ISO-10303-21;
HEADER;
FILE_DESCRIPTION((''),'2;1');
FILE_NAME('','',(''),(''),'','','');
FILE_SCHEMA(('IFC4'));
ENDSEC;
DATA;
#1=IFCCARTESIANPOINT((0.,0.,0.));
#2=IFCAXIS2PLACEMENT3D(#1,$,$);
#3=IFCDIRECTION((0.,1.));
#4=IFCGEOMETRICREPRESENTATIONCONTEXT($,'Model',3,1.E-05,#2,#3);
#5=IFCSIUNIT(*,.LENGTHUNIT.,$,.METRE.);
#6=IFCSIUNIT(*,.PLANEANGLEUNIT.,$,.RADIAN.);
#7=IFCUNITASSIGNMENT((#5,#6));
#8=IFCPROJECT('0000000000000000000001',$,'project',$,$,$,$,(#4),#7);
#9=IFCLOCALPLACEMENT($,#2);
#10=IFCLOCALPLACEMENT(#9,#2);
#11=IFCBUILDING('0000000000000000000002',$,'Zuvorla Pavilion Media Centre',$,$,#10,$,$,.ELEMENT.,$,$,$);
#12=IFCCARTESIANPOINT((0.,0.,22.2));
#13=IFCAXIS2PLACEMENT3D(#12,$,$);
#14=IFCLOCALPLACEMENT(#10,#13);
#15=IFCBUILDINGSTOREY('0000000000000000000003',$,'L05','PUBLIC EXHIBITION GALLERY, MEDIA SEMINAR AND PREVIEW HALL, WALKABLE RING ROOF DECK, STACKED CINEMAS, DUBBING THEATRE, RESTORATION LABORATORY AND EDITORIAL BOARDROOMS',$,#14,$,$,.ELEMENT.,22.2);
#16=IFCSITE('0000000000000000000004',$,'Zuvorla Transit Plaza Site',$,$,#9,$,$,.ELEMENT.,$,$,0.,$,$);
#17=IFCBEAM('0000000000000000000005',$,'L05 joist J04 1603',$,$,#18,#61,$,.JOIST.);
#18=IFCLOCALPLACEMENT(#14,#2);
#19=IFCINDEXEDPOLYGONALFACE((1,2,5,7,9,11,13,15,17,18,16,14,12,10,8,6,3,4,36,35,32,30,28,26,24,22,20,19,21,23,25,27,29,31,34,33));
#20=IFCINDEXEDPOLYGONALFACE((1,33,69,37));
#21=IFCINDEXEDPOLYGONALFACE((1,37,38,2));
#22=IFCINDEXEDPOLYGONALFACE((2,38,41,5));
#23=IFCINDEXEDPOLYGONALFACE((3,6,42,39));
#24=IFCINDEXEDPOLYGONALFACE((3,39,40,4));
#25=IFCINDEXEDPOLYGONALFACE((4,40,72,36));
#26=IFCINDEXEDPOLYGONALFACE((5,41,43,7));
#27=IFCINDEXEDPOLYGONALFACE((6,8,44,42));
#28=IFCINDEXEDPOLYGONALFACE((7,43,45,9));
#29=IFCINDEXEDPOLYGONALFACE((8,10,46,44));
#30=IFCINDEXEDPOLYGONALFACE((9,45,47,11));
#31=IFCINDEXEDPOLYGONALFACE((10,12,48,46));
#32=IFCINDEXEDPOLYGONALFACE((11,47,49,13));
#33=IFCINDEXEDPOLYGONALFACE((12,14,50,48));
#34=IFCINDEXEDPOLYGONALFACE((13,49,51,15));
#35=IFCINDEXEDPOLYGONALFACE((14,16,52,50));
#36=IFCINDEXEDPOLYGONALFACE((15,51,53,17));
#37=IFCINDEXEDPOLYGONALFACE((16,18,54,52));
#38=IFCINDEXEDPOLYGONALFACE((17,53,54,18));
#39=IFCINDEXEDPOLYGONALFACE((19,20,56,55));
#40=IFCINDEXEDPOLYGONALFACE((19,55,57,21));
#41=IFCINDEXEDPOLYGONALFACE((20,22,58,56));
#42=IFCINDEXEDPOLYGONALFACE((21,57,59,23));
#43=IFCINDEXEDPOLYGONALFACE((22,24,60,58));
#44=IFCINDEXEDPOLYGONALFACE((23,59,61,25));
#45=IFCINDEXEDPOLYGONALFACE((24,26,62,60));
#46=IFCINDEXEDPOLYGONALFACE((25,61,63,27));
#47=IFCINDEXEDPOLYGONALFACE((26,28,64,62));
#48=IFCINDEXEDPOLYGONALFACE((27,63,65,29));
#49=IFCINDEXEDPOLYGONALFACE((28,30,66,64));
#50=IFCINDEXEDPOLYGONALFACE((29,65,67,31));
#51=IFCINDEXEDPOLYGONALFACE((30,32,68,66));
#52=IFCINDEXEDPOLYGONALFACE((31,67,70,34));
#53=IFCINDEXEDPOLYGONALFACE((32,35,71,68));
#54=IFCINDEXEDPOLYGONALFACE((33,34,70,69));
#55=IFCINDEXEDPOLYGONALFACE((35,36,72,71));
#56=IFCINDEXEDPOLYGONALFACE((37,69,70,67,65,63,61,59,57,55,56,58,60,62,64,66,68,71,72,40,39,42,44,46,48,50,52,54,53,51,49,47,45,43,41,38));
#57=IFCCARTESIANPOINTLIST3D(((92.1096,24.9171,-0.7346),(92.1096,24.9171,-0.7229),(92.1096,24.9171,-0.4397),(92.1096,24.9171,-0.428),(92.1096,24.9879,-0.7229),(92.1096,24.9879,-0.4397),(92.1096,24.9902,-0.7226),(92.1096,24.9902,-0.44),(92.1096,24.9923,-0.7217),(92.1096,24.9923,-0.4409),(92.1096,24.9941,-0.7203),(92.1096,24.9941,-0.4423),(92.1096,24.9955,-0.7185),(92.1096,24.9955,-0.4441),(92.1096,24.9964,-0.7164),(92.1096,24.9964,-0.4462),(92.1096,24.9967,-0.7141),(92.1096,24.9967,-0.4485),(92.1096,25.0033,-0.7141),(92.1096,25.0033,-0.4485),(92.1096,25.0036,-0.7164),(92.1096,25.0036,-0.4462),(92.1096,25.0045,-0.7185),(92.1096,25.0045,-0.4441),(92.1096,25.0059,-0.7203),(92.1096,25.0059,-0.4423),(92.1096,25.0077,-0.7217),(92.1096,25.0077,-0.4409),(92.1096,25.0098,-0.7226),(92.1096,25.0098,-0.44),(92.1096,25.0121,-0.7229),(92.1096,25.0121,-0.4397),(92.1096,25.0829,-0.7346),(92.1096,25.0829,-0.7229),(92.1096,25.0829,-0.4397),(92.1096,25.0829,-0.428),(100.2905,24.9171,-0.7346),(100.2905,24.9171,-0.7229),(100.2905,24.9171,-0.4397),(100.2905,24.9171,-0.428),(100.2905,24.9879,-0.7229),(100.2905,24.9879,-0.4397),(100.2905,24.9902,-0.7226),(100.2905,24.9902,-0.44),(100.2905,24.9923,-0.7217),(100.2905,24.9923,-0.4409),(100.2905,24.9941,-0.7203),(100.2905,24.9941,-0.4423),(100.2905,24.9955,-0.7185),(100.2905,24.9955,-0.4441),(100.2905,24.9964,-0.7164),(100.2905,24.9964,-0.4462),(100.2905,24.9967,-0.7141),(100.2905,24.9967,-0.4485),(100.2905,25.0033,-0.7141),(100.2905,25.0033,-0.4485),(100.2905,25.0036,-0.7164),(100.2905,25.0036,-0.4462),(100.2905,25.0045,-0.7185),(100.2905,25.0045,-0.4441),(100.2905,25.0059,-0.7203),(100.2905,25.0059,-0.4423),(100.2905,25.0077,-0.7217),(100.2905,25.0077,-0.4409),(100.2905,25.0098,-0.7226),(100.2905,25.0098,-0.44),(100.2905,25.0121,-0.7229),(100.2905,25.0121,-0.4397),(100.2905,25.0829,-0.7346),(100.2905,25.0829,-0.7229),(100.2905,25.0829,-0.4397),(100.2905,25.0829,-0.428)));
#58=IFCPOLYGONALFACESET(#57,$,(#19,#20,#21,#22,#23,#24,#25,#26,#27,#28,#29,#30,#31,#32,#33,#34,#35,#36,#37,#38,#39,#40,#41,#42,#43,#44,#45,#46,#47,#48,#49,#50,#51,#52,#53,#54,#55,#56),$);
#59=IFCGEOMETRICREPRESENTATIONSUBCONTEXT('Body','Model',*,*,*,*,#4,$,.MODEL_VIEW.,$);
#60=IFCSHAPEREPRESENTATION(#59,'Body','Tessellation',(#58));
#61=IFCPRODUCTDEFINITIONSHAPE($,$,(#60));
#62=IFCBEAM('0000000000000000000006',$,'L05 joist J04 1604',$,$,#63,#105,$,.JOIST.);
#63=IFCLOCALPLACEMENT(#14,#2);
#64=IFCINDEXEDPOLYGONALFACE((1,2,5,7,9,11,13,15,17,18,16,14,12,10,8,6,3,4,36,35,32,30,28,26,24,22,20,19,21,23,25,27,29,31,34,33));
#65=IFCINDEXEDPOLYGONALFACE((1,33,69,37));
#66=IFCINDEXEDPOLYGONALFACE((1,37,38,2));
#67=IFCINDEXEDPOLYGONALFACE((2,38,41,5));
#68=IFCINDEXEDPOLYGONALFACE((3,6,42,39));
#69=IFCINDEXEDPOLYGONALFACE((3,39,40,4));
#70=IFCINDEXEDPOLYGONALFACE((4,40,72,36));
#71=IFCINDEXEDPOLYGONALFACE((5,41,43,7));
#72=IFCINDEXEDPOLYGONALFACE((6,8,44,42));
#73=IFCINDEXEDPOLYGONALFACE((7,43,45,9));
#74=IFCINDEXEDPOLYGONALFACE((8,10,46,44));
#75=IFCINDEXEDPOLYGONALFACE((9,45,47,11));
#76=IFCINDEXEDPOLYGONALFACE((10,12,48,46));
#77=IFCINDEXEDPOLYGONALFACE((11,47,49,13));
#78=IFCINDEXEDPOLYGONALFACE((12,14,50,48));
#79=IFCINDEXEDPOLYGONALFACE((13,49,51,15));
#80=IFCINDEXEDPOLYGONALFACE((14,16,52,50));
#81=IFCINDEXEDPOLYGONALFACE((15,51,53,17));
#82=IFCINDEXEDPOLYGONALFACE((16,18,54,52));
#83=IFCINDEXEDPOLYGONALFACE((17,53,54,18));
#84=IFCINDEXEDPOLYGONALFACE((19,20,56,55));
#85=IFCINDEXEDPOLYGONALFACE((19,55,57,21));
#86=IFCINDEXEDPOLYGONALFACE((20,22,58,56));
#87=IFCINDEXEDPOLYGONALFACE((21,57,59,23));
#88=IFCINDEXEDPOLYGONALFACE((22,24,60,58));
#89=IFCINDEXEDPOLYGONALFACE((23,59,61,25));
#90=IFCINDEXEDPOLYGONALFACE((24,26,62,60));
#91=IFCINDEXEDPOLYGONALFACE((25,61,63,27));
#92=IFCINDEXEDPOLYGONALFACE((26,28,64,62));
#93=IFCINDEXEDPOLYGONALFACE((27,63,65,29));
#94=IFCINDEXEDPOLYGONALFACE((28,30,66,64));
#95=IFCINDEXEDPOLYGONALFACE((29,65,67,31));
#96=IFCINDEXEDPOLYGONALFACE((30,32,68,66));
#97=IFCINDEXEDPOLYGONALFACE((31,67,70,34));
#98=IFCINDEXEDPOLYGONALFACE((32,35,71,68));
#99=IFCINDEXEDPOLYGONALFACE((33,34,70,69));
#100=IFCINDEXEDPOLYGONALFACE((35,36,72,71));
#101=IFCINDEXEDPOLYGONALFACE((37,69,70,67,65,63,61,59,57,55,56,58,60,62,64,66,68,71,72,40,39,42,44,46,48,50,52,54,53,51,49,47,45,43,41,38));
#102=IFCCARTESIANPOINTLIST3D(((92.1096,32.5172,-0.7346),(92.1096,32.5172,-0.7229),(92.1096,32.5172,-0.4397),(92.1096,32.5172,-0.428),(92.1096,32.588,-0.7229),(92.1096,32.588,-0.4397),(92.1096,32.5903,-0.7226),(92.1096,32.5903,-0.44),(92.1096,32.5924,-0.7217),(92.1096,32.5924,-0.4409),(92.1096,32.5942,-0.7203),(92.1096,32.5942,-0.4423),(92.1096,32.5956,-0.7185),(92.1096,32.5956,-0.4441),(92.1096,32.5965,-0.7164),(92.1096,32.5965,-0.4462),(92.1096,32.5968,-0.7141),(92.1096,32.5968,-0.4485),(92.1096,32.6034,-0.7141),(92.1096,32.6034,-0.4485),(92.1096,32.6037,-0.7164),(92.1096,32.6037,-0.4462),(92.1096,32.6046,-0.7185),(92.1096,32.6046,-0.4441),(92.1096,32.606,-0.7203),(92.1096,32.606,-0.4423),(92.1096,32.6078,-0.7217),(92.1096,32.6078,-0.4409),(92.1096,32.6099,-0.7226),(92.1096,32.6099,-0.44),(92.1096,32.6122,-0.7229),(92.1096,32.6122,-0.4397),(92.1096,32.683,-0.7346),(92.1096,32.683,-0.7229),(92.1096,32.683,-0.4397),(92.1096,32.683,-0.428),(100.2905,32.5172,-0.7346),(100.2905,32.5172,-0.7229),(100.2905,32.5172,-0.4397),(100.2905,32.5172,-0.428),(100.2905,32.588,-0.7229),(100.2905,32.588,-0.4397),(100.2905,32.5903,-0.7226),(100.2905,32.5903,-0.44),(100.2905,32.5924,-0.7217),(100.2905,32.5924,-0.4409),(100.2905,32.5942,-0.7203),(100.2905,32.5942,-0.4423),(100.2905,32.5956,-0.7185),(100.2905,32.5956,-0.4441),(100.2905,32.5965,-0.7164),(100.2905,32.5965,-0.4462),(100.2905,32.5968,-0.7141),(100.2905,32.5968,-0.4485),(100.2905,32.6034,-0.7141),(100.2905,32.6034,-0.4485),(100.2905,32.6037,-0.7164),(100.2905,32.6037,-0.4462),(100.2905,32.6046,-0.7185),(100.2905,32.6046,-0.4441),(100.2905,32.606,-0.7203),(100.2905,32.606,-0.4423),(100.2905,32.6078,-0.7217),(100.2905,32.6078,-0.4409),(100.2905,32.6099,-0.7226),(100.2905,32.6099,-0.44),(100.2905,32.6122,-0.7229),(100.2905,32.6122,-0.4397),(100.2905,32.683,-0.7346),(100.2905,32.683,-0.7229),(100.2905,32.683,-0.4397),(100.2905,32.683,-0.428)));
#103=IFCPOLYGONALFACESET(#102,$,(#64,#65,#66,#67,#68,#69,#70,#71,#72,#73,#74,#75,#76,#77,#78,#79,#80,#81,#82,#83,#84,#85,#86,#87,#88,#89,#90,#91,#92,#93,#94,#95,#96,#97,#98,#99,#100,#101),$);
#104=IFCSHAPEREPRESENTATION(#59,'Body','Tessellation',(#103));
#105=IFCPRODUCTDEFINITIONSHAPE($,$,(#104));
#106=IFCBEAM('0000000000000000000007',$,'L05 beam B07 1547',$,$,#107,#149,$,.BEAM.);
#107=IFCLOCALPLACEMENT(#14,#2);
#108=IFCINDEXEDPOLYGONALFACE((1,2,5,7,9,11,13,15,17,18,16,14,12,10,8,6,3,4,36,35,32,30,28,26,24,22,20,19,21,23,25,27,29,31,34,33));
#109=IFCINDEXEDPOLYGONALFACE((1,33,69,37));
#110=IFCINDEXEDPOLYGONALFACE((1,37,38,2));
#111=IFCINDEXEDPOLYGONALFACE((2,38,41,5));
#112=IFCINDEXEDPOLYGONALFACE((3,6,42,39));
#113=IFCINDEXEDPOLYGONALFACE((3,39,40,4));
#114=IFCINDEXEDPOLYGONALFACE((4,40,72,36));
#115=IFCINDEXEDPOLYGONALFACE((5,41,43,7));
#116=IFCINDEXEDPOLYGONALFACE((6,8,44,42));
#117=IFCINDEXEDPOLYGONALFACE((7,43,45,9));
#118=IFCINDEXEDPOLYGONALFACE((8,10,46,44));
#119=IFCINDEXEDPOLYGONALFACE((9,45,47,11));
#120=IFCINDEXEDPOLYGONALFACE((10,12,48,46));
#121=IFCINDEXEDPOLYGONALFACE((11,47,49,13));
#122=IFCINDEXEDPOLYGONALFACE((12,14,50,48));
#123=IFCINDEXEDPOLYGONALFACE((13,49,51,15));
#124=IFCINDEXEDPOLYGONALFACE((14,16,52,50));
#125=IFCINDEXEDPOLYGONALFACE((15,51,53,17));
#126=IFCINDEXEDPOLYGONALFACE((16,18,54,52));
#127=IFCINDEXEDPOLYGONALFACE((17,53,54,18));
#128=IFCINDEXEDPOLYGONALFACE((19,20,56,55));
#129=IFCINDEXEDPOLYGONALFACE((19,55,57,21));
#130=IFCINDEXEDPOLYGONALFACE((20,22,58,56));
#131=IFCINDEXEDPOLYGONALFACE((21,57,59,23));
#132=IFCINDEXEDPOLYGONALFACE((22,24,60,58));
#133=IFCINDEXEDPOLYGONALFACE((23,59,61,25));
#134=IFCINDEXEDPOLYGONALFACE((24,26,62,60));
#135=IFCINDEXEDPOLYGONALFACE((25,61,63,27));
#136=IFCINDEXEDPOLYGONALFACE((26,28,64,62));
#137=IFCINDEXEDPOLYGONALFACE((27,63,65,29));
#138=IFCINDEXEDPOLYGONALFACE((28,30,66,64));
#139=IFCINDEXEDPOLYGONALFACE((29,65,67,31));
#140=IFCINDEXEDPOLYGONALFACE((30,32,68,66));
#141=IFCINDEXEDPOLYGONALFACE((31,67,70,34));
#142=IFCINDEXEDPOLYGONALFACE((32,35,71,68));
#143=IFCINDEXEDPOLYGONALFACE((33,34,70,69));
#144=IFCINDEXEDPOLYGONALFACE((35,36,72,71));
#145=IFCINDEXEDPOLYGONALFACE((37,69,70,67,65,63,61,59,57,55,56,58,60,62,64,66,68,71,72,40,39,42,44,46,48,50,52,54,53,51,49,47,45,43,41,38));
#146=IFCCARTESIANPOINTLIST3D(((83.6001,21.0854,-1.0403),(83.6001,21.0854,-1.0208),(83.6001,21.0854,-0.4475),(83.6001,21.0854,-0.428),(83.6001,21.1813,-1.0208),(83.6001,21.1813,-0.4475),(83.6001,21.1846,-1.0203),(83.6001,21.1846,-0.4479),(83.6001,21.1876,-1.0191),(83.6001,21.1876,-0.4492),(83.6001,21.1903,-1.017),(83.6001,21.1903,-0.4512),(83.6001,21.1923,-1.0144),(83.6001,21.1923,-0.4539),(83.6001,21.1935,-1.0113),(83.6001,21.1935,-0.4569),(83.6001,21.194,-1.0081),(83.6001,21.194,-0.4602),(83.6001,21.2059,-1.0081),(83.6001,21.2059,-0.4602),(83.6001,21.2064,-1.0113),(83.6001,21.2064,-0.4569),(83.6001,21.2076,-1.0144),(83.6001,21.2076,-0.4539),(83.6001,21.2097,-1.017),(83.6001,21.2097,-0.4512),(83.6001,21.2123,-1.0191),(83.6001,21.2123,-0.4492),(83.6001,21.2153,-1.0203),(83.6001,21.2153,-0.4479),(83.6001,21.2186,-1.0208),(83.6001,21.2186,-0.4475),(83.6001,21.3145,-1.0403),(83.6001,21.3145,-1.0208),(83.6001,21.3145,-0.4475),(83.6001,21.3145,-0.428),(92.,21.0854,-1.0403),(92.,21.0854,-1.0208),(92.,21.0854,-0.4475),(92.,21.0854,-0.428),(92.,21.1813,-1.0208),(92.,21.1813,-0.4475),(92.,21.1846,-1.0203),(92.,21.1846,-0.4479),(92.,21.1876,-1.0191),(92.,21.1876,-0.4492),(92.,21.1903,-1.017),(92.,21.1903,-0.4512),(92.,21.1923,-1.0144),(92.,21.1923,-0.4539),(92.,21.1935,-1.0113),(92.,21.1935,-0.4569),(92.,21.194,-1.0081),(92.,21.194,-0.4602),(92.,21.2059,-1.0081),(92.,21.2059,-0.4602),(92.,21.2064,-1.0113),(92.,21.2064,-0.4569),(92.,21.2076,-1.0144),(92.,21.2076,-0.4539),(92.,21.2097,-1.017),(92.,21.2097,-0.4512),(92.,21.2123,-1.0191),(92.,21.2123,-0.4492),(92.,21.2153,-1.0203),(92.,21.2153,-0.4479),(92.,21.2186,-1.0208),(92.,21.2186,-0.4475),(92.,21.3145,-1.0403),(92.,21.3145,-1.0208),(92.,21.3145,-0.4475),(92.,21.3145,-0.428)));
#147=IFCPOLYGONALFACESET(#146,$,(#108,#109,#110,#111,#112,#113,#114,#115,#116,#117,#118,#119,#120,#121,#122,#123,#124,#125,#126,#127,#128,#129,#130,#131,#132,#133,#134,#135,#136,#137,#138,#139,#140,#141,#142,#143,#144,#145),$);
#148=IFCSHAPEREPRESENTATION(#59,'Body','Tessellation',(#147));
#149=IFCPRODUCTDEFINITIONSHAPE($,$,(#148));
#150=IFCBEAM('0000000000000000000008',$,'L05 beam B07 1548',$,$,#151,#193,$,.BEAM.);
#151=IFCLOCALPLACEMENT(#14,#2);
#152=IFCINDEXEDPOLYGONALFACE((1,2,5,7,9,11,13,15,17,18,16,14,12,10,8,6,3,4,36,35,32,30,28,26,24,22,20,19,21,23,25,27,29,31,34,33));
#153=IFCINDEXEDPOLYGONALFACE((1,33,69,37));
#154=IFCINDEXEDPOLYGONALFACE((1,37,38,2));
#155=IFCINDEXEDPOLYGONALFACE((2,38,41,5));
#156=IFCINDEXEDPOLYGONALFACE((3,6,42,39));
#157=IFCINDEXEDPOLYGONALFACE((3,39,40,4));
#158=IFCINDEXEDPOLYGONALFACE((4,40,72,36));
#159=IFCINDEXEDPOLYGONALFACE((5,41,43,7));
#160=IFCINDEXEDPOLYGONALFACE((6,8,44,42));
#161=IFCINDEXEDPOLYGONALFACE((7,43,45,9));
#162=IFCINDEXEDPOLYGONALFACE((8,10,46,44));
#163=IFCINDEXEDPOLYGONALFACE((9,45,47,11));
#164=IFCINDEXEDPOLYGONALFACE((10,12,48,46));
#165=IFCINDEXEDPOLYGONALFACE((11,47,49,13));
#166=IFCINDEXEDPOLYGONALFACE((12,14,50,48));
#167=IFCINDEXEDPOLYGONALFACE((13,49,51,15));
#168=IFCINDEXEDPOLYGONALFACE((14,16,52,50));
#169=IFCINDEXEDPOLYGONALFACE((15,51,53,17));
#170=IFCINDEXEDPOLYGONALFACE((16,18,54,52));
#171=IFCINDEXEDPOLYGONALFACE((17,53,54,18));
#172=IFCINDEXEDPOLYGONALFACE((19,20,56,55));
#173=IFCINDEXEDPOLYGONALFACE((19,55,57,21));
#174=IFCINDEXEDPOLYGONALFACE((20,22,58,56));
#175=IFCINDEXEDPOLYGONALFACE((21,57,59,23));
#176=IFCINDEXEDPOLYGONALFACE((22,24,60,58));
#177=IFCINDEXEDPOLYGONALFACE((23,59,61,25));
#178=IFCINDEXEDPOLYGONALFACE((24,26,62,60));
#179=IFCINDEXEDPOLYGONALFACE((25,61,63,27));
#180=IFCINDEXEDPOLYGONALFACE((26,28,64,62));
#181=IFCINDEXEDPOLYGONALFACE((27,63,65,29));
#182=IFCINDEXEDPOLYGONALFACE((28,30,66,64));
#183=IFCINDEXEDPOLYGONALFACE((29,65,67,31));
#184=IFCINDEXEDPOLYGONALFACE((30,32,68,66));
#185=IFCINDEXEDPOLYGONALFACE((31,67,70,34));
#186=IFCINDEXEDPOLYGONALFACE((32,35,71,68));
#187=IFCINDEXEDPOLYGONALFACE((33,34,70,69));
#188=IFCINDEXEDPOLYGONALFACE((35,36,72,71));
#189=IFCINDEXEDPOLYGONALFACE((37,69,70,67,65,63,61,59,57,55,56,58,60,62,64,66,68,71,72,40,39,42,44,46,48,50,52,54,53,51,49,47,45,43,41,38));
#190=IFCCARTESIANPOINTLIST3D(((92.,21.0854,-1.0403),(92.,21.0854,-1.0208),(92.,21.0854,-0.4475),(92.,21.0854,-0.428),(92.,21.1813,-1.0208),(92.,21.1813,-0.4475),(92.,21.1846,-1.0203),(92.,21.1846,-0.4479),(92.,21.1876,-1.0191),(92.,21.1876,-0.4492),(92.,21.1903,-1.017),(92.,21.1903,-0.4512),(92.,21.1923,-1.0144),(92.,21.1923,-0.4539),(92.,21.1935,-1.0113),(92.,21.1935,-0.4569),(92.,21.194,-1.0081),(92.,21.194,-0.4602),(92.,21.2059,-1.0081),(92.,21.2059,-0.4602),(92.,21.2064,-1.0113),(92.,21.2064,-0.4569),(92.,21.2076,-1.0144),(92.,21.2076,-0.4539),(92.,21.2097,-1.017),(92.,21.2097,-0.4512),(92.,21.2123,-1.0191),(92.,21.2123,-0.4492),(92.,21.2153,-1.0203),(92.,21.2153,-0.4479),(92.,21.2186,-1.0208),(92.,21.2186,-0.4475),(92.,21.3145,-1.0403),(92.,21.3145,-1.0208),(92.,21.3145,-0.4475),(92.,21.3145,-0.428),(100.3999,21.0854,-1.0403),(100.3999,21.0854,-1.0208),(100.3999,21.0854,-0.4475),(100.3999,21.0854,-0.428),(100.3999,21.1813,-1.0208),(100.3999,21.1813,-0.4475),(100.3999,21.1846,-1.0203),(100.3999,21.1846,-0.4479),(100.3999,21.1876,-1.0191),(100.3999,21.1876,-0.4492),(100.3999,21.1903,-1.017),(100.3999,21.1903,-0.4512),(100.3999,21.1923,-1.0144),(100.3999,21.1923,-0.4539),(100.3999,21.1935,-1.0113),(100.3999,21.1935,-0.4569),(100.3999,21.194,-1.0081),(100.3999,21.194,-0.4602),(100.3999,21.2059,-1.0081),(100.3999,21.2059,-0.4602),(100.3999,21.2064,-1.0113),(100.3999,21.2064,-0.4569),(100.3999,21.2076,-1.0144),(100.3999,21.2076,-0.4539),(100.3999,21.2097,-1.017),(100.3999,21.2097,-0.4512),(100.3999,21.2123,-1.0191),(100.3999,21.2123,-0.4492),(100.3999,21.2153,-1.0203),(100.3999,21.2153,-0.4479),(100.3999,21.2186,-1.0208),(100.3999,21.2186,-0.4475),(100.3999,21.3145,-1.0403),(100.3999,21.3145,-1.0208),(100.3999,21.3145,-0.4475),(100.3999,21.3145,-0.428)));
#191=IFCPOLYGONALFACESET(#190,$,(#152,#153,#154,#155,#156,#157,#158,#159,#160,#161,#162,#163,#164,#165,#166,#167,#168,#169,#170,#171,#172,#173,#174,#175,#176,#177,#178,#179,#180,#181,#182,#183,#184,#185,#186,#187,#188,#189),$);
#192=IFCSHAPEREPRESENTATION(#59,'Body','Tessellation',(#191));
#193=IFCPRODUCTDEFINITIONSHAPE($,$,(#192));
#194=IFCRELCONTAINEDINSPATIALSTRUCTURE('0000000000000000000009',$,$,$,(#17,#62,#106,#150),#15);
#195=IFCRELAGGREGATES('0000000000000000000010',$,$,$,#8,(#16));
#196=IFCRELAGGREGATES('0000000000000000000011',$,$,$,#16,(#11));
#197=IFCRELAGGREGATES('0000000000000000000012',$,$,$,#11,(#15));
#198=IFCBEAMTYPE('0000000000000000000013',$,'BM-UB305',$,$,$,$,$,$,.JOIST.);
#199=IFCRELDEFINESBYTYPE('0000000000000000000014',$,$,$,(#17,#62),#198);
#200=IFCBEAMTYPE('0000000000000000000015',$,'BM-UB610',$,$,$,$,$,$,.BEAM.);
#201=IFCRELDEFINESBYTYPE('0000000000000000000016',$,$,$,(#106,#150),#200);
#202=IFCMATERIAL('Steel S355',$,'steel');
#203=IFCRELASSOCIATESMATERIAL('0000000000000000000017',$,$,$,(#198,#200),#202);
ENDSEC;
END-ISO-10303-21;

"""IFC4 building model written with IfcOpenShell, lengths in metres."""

from ifc_helpers import new_model, si_unit, direction, frame, origin, origin_2d, place, context, subcontext, project, spatial, i_section, extrude, material, material_profile, profile_set, type_object, element, save


model = new_model("IFC4")

# Units and contexts
model_context = context("Model", 3, precision=1e-05, world=origin(), true_north=direction((0.0, 1.0)))
body_context = subcontext(model_context, "Body", "Model", "MODEL_VIEW")
ifc_project = project(units=[si_unit("LENGTHUNIT", "METRE"), si_unit("PLANEANGLEUNIT", "RADIAN")], contexts=[model_context])

# Site, building, storey
site_placement = place(None, origin())
site = spatial("IfcSite", under=ifc_project, at=site_placement, Name="Zuvorla Transit Plaza Site", CompositionType="ELEMENT", RefElevation=0.0)
building_placement = place(site_placement, origin())
building = spatial("IfcBuilding", under=site, at=building_placement, Name="Zuvorla Pavilion Media Centre", CompositionType="ELEMENT")
storey_placement = place(building_placement, frame((0.0, 0.0, 22.2)))
storey = spatial("IfcBuildingStorey", under=building, at=storey_placement, Name="L05", Description="PUBLIC EXHIBITION GALLERY, MEDIA SEMINAR AND PREVIEW HALL, WALKABLE RING ROOF DECK, STACKED CINEMAS, DUBBING THEATRE, RESTORATION LABORATORY AND EDITORIAL BOARDROOMS", CompositionType="ELEMENT", Elevation=22.2)

# Shared definitions
ifc_material_1 = material(Name="Steel S355", Category="steel")

# Beams
ifc_material_profile_1 = material_profile(ifc_material_1, i_section(OverallWidth=0.1658, OverallDepth=0.3066, WebThickness=0.0066, FlangeThickness=0.0117, FilletRadius=0.0088, at=origin_2d()), Name="UB 305x165x46")
ifc_profile_set_1 = profile_set([ifc_material_profile_1], Name="Steel S355")
beam_type_1 = type_object("IfcBeamType", Name="BM-UB305", PredefinedType="JOIST", material=ifc_profile_set_1)
for number, where, z_axis, x_axis, name in (
    (1, (92.1096, 25.0, -0.5813), (1.0, 0.0, 0.0), (0.0, 1.0, 0.0), "L05 joist J04 1603"),
    (2, (92.1096, 32.6001, -0.5813), (1.0, 0.0, 0.0), (0.0, 1.0, 0.0), "L05 joist J04 1604"),
):
    element("IfcBeam", number, at=place(storey_placement, frame(where, z_axis=z_axis, x_axis=x_axis)), inside=storey, type_object=beam_type_1, Name=name, PredefinedType="JOIST", context=body_context, shape_type="SweptSolid", body=[
        extrude(i_section(OverallWidth=0.1658, OverallDepth=0.3066, WebThickness=0.0066, FlangeThickness=0.0117, FilletRadius=0.0088, at=origin_2d()), origin(), (0.0, 0.0, 1.0), 8.1809),
    ])
ifc_material_profile_2 = material_profile(ifc_material_1, i_section(OverallWidth=0.229, OverallDepth=0.6123, WebThickness=0.012, FlangeThickness=0.0195, FilletRadius=0.0127, at=origin_2d()), Name="UB 610x229x125")
ifc_profile_set_2 = profile_set([ifc_material_profile_2], Name="Steel S355")
beam_type_2 = type_object("IfcBeamType", Name="BM-UB610", PredefinedType="BEAM", material=ifc_profile_set_2)
for number, where, z_axis, x_axis, name in (
    (3, (83.6001, 21.2, -0.7341), (1.0, 0.0, 0.0), (0.0, 1.0, 0.0), "L05 beam B07 1547"),
    (4, (92.0, 21.2, -0.7341), (1.0, 0.0, 0.0), (0.0, 1.0, 0.0), "L05 beam B07 1548"),
):
    element("IfcBeam", number, at=place(storey_placement, frame(where, z_axis=z_axis, x_axis=x_axis)), inside=storey, type_object=beam_type_2, Name=name, PredefinedType="BEAM", context=body_context, shape_type="SweptSolid", body=[
        extrude(i_section(OverallWidth=0.229, OverallDepth=0.6123, WebThickness=0.012, FlangeThickness=0.0195, FilletRadius=0.0127, at=origin_2d()), origin(), (0.0, 0.0, 1.0), 8.3999),
    ])

save(model, "model.ifc")
